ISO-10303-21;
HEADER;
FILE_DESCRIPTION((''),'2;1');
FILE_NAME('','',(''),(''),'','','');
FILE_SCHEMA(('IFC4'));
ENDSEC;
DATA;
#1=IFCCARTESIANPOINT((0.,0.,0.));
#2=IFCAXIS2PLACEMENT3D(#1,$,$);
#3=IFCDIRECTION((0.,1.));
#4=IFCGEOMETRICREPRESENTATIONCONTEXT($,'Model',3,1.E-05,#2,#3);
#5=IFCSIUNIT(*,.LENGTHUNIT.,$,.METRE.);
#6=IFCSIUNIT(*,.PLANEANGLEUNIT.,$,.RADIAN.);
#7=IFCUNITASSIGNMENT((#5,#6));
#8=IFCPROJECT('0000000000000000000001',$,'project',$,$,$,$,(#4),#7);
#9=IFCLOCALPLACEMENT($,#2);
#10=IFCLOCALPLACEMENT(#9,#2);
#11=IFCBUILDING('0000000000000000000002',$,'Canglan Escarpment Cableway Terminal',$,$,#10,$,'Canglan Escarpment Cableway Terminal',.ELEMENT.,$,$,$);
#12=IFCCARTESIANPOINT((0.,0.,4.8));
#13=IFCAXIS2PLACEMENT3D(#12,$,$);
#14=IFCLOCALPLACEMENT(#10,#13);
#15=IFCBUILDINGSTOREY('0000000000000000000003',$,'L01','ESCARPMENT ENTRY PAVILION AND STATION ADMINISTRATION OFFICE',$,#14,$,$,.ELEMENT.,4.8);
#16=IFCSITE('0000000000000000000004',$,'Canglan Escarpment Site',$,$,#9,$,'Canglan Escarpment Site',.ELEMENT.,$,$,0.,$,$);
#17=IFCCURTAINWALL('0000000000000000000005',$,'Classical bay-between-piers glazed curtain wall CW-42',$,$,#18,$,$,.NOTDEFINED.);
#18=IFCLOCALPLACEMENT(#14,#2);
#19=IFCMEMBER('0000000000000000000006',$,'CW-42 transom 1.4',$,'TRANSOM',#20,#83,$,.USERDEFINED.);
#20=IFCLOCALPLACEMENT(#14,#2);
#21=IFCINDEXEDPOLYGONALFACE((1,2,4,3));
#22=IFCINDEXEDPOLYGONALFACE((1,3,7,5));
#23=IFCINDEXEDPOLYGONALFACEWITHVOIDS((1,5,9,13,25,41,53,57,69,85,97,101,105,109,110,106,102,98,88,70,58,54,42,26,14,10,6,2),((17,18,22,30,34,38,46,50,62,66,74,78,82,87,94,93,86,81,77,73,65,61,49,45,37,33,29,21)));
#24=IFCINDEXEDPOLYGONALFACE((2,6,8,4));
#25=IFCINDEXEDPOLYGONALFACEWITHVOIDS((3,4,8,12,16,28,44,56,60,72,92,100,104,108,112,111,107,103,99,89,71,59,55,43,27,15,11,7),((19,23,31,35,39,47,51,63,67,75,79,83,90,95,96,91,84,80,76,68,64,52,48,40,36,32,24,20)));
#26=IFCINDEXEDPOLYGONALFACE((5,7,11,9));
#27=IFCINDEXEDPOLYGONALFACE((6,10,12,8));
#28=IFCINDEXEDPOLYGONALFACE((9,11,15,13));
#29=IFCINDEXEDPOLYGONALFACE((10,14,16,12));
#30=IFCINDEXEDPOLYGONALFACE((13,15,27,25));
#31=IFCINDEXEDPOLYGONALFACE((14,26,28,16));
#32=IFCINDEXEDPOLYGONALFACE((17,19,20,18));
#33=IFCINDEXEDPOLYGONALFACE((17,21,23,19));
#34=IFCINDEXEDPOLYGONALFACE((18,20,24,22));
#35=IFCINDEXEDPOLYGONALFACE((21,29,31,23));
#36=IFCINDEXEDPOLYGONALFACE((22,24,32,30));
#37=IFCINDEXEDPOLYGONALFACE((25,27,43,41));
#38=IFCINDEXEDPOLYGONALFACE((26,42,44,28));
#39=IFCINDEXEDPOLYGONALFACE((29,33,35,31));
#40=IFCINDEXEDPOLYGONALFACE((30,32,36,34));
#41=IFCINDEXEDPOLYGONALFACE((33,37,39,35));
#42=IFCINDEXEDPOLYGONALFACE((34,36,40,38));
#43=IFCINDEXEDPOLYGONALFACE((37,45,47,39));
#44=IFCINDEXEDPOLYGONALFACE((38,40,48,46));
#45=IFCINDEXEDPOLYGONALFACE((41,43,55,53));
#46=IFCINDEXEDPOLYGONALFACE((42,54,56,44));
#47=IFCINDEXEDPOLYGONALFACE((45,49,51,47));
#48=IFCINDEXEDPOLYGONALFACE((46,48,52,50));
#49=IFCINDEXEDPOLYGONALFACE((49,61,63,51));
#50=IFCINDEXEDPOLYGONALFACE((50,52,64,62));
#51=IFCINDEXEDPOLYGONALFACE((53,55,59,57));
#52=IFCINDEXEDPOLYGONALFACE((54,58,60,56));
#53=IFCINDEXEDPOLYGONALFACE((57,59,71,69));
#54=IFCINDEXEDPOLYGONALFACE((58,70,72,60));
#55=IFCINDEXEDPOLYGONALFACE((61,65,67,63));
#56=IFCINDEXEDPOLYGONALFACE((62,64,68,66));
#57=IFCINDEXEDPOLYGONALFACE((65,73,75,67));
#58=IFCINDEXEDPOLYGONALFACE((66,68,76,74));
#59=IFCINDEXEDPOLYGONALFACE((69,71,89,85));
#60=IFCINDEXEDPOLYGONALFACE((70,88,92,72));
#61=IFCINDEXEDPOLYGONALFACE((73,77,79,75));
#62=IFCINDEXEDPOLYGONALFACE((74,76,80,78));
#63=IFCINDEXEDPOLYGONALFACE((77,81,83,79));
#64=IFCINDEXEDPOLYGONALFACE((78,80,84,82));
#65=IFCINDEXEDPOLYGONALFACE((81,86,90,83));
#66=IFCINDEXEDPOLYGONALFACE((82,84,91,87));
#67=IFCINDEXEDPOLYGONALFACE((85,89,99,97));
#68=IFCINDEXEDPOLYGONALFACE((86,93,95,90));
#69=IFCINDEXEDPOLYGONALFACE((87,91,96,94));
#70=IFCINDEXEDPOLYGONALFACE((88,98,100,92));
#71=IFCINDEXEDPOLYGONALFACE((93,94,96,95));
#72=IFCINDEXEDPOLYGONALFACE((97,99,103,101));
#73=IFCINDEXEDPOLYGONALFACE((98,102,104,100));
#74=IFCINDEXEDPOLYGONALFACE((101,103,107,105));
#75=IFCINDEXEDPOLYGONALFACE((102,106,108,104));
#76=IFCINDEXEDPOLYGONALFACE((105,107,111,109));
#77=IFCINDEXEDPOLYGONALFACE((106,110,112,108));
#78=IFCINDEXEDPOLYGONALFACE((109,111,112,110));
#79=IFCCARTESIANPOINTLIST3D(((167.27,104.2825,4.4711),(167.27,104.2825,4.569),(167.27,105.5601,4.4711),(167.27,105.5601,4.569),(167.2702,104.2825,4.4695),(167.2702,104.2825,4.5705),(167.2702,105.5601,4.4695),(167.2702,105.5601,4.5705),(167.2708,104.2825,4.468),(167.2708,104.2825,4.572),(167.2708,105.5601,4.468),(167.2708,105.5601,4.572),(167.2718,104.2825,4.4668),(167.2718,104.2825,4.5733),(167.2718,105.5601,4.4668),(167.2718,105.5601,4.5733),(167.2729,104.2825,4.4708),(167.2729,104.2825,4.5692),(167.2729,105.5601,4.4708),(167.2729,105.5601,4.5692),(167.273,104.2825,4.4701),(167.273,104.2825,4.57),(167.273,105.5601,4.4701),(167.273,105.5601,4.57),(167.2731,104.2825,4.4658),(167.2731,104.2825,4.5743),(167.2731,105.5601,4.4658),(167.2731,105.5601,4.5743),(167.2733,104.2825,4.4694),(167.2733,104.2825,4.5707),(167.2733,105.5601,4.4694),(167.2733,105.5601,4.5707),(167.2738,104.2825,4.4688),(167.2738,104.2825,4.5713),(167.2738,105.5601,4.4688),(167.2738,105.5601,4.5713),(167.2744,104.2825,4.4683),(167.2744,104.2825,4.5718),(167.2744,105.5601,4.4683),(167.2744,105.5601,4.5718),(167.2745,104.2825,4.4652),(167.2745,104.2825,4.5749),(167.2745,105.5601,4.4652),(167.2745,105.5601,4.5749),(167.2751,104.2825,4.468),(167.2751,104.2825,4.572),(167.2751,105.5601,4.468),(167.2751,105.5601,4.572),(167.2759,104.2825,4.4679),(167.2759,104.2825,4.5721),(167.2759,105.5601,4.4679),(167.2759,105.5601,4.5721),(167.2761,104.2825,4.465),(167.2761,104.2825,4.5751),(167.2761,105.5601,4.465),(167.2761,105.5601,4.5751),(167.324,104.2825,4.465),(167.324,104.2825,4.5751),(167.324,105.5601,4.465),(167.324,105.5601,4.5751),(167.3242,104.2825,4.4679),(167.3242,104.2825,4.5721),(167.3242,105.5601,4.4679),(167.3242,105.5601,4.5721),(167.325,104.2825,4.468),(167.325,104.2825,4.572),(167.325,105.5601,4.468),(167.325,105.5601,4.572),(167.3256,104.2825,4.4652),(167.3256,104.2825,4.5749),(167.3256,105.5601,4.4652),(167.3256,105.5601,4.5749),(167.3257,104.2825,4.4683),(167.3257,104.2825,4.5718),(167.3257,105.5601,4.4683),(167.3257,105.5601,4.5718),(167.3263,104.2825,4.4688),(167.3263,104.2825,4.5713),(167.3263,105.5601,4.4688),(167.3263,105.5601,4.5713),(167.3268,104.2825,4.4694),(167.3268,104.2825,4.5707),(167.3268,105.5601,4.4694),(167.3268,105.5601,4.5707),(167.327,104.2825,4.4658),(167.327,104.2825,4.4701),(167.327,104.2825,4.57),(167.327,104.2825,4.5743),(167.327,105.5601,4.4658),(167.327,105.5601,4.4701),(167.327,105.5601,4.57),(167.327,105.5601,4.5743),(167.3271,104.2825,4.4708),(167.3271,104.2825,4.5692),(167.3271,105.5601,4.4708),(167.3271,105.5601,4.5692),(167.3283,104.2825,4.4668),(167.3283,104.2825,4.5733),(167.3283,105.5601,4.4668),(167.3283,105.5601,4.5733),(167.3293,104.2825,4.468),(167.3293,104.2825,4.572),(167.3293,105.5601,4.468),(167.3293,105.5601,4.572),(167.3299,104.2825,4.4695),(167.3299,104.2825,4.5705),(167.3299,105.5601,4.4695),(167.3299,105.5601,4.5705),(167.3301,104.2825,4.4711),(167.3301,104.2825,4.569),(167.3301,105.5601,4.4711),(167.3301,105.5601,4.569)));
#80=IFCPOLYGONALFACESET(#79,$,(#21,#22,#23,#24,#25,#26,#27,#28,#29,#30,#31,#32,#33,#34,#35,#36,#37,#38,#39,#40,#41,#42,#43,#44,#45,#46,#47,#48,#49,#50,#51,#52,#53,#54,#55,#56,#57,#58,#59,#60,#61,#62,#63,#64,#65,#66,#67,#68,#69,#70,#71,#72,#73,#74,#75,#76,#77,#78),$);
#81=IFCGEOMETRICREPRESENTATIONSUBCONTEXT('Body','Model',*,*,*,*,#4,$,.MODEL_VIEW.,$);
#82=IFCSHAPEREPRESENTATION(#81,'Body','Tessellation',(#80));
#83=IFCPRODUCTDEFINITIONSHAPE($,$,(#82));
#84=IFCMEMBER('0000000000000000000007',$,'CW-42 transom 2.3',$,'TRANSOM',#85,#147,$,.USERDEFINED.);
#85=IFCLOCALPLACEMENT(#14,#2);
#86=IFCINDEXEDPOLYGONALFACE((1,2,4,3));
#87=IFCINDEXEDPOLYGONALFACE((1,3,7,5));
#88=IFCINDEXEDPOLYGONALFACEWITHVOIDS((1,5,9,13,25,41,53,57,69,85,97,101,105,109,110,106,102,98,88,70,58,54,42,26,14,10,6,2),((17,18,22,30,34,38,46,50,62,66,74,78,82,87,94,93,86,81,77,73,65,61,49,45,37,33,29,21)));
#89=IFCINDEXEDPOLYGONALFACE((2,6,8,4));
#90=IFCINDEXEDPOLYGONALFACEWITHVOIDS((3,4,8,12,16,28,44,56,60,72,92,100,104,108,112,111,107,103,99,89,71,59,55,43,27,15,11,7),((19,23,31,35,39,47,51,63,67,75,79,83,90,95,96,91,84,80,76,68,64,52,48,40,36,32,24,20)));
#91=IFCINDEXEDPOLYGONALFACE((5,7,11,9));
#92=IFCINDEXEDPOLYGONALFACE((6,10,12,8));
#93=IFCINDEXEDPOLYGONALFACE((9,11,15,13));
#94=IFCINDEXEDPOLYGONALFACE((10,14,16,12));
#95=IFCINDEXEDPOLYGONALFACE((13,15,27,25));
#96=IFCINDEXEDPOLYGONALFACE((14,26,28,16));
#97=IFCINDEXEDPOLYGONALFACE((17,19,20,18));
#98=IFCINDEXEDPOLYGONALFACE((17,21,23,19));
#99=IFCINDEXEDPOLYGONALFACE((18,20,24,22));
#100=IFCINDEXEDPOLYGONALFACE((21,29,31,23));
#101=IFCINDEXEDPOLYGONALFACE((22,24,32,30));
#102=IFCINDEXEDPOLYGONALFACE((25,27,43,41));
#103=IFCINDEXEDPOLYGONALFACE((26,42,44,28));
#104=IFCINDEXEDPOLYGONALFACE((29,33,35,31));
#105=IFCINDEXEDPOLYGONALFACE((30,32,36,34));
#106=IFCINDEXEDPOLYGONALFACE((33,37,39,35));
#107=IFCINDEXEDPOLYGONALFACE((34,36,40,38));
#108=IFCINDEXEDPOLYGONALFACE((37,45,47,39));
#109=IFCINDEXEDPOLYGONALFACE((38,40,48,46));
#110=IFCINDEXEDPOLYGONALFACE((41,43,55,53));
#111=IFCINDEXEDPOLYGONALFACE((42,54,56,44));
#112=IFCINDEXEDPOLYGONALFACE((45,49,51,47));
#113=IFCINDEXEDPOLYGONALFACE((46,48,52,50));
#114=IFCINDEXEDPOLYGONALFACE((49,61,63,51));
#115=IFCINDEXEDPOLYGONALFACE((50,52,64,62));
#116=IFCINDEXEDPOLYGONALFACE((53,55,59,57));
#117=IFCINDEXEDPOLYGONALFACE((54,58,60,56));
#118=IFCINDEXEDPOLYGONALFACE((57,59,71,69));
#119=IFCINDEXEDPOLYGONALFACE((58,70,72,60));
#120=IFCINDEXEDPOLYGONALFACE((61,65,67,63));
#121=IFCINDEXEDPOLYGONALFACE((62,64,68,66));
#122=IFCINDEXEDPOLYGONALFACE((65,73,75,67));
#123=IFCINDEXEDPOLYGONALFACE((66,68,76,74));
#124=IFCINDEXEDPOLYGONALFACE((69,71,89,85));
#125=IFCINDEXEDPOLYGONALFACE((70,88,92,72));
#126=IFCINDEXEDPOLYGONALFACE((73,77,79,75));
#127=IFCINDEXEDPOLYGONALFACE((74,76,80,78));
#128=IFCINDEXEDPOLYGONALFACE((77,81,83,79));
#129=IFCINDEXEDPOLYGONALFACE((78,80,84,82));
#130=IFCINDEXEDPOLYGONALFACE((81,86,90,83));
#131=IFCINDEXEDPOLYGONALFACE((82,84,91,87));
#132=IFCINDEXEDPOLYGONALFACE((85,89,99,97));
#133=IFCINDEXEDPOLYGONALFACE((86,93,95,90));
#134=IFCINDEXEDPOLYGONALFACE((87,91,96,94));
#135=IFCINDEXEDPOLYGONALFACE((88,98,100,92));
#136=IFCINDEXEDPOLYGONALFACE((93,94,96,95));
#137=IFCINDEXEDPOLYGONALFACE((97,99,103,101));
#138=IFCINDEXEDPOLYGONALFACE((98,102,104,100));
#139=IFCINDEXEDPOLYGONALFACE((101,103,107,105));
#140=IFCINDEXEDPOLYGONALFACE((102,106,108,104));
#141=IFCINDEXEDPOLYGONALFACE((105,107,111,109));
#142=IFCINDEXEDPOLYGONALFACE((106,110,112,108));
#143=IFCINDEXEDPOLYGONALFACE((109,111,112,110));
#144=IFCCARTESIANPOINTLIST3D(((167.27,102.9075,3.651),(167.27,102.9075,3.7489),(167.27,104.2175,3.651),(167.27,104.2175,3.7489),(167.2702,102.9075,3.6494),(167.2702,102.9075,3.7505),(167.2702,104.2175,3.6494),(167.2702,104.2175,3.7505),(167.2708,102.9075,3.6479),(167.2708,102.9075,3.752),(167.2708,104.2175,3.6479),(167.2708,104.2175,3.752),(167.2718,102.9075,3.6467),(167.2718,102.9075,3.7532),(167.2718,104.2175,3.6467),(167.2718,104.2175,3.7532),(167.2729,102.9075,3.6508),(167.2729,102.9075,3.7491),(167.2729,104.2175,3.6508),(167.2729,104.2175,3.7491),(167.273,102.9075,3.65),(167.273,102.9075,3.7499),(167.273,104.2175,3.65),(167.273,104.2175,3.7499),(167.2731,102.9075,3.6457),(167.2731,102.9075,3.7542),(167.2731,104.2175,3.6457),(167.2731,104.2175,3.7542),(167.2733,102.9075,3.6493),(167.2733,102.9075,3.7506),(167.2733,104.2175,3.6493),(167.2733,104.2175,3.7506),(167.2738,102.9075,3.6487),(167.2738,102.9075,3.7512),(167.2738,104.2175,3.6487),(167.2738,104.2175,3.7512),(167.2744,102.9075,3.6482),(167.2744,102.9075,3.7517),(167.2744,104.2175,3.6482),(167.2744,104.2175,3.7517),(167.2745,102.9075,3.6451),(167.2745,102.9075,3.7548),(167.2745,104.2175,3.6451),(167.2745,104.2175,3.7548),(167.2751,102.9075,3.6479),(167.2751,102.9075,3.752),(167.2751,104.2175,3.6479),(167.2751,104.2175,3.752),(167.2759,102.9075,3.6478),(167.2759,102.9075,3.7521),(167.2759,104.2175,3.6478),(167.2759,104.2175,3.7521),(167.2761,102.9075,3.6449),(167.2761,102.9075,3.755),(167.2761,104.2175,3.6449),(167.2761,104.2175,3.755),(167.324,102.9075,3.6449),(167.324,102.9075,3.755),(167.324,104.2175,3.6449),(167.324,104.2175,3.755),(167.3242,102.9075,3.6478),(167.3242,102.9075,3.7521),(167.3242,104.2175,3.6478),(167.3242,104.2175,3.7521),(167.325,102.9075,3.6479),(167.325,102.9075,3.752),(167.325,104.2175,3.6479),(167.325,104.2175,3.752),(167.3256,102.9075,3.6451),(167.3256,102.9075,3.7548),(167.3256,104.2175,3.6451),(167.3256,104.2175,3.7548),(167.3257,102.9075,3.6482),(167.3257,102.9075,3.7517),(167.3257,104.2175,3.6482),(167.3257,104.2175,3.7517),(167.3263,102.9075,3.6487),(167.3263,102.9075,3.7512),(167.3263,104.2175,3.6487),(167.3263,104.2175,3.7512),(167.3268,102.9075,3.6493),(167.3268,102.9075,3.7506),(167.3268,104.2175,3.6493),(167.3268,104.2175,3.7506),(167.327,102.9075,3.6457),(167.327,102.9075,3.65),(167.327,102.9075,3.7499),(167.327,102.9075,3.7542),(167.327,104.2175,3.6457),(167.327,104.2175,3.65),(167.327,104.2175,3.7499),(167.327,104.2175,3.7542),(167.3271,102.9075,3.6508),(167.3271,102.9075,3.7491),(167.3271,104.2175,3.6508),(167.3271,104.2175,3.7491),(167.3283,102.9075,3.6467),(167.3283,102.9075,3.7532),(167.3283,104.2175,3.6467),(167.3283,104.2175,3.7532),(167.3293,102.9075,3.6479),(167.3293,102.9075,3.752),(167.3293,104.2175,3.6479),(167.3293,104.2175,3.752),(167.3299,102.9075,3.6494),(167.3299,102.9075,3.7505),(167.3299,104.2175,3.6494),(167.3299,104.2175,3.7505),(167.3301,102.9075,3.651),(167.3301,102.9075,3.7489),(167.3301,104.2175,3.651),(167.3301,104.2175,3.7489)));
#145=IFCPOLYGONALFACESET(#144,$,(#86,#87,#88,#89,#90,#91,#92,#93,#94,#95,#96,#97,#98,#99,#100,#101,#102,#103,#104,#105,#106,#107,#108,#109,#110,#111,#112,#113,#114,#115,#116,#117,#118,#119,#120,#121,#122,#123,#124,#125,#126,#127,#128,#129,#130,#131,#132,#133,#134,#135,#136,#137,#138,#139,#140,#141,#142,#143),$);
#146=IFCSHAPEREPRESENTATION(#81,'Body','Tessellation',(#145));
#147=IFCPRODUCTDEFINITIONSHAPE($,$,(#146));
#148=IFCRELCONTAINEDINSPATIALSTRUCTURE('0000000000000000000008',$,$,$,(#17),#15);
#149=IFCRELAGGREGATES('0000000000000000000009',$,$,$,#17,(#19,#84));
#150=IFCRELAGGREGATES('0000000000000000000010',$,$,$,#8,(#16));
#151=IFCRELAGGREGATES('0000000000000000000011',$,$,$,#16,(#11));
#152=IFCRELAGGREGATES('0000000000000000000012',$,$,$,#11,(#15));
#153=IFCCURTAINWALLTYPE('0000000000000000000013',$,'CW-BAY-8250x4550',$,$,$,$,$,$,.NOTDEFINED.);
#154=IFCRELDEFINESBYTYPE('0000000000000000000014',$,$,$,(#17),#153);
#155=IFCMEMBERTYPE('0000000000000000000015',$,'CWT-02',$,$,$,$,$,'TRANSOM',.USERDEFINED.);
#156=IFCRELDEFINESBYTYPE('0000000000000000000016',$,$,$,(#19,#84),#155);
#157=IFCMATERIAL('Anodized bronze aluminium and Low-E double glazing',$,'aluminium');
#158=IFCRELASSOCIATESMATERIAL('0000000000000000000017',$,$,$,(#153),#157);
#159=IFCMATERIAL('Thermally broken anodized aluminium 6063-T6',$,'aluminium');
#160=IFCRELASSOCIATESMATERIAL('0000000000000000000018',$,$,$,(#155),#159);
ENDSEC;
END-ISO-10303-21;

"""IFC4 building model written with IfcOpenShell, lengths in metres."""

from ifc_helpers import new_model, si_unit, direction, frame, origin, origin_2d, place, context, subcontext, project, spatial, hollow_rectangle, extrude, material, material_profile, profile_set, type_object, element, aggregate, save


model = new_model("IFC4")

# Units and contexts
model_context = context("Model", 3, precision=1e-05, world=origin(), true_north=direction((0.0, 1.0)))
body_context = subcontext(model_context, "Body", "Model", "MODEL_VIEW")
ifc_project = project(units=[si_unit("LENGTHUNIT", "METRE"), si_unit("PLANEANGLEUNIT", "RADIAN")], contexts=[model_context])

# Site, building, storey
site_placement = place(None, origin())
site = spatial("IfcSite", under=ifc_project, at=site_placement, Name="Canglan Escarpment Site", LongName="Canglan Escarpment Site", CompositionType="ELEMENT", RefElevation=0.0)
building_placement = place(site_placement, origin())
building = spatial("IfcBuilding", under=site, at=building_placement, Name="Canglan Escarpment Cableway Terminal", LongName="Canglan Escarpment Cableway Terminal", CompositionType="ELEMENT")
storey_placement = place(building_placement, frame((0.0, 0.0, 4.8)))
storey = spatial("IfcBuildingStorey", under=building, at=storey_placement, Name="L01", Description="ESCARPMENT ENTRY PAVILION AND STATION ADMINISTRATION OFFICE", CompositionType="ELEMENT", Elevation=4.8)

# Curtain wall, members
ifc_material_1 = material(Name="Anodized bronze aluminium and Low-E double glazing", Category="aluminium")
curtain_wall_type = type_object("IfcCurtainWallType", Name="CW-BAY-8250x4550", PredefinedType="NOTDEFINED", material=ifc_material_1)
curtain_wall_placement = place(storey_placement, origin())
curtain_wall = element("IfcCurtainWall", 1, at=curtain_wall_placement, inside=storey, type_object=curtain_wall_type, Name="Classical bay-between-piers glazed curtain wall CW-42", PredefinedType="NOTDEFINED")
ifc_material_2 = material(Name="Thermally broken anodized aluminium 6063-T6", Category="aluminium")
ifc_material_profile_1 = material_profile(ifc_material_2, hollow_rectangle(XDim=0.0601, YDim=0.1101, WallThickness=0.0029, InnerFilletRadius=0.0029, OuterFilletRadius=0.0061, at=origin_2d()), Name="ALU-TRAN 60x110x3")
ifc_profile_set_1 = profile_set([ifc_material_profile_1], Name="Thermally broken anodized aluminium 6063-T6")
member_type_1 = type_object("IfcMemberType", Name="CWT-02", ElementType="TRANSOM", PredefinedType="USERDEFINED", material=ifc_profile_set_1)
member_1_placement = place(storey_placement, frame((167.3, 105.5601, 4.52), z_axis=(0.0, -1.0, 0.0), x_axis=(1.0, 0.0, 0.0)))
member_1 = element("IfcMember", 2, at=member_1_placement, type_object=member_type_1, Name="CW-42 transom 1.4", ObjectType="TRANSOM", PredefinedType="USERDEFINED", context=body_context, shape_type="SweptSolid", body=[
    extrude(hollow_rectangle(XDim=0.0601, YDim=0.1101, WallThickness=0.0029, InnerFilletRadius=0.0029, OuterFilletRadius=0.0061, at=origin_2d()), origin(), (0.0, 0.0, 1.0), 1.2776),
])
member_2_placement = place(storey_placement, frame((167.3, 104.2175, 3.7), z_axis=(0.0, -1.0, 0.0), x_axis=(1.0, 0.0, 0.0)))
member_2 = element("IfcMember", 3, at=member_2_placement, type_object=member_type_1, Name="CW-42 transom 2.3", ObjectType="TRANSOM", PredefinedType="USERDEFINED", context=body_context, shape_type="SweptSolid", body=[
    extrude(hollow_rectangle(XDim=0.0601, YDim=0.1101, WallThickness=0.0029, InnerFilletRadius=0.0029, OuterFilletRadius=0.0061, at=origin_2d()), origin(), (0.0, 0.0, 1.0), 1.3101),
])

aggregate(curtain_wall, [member_1, member_2])

save(model, "model.ifc")
